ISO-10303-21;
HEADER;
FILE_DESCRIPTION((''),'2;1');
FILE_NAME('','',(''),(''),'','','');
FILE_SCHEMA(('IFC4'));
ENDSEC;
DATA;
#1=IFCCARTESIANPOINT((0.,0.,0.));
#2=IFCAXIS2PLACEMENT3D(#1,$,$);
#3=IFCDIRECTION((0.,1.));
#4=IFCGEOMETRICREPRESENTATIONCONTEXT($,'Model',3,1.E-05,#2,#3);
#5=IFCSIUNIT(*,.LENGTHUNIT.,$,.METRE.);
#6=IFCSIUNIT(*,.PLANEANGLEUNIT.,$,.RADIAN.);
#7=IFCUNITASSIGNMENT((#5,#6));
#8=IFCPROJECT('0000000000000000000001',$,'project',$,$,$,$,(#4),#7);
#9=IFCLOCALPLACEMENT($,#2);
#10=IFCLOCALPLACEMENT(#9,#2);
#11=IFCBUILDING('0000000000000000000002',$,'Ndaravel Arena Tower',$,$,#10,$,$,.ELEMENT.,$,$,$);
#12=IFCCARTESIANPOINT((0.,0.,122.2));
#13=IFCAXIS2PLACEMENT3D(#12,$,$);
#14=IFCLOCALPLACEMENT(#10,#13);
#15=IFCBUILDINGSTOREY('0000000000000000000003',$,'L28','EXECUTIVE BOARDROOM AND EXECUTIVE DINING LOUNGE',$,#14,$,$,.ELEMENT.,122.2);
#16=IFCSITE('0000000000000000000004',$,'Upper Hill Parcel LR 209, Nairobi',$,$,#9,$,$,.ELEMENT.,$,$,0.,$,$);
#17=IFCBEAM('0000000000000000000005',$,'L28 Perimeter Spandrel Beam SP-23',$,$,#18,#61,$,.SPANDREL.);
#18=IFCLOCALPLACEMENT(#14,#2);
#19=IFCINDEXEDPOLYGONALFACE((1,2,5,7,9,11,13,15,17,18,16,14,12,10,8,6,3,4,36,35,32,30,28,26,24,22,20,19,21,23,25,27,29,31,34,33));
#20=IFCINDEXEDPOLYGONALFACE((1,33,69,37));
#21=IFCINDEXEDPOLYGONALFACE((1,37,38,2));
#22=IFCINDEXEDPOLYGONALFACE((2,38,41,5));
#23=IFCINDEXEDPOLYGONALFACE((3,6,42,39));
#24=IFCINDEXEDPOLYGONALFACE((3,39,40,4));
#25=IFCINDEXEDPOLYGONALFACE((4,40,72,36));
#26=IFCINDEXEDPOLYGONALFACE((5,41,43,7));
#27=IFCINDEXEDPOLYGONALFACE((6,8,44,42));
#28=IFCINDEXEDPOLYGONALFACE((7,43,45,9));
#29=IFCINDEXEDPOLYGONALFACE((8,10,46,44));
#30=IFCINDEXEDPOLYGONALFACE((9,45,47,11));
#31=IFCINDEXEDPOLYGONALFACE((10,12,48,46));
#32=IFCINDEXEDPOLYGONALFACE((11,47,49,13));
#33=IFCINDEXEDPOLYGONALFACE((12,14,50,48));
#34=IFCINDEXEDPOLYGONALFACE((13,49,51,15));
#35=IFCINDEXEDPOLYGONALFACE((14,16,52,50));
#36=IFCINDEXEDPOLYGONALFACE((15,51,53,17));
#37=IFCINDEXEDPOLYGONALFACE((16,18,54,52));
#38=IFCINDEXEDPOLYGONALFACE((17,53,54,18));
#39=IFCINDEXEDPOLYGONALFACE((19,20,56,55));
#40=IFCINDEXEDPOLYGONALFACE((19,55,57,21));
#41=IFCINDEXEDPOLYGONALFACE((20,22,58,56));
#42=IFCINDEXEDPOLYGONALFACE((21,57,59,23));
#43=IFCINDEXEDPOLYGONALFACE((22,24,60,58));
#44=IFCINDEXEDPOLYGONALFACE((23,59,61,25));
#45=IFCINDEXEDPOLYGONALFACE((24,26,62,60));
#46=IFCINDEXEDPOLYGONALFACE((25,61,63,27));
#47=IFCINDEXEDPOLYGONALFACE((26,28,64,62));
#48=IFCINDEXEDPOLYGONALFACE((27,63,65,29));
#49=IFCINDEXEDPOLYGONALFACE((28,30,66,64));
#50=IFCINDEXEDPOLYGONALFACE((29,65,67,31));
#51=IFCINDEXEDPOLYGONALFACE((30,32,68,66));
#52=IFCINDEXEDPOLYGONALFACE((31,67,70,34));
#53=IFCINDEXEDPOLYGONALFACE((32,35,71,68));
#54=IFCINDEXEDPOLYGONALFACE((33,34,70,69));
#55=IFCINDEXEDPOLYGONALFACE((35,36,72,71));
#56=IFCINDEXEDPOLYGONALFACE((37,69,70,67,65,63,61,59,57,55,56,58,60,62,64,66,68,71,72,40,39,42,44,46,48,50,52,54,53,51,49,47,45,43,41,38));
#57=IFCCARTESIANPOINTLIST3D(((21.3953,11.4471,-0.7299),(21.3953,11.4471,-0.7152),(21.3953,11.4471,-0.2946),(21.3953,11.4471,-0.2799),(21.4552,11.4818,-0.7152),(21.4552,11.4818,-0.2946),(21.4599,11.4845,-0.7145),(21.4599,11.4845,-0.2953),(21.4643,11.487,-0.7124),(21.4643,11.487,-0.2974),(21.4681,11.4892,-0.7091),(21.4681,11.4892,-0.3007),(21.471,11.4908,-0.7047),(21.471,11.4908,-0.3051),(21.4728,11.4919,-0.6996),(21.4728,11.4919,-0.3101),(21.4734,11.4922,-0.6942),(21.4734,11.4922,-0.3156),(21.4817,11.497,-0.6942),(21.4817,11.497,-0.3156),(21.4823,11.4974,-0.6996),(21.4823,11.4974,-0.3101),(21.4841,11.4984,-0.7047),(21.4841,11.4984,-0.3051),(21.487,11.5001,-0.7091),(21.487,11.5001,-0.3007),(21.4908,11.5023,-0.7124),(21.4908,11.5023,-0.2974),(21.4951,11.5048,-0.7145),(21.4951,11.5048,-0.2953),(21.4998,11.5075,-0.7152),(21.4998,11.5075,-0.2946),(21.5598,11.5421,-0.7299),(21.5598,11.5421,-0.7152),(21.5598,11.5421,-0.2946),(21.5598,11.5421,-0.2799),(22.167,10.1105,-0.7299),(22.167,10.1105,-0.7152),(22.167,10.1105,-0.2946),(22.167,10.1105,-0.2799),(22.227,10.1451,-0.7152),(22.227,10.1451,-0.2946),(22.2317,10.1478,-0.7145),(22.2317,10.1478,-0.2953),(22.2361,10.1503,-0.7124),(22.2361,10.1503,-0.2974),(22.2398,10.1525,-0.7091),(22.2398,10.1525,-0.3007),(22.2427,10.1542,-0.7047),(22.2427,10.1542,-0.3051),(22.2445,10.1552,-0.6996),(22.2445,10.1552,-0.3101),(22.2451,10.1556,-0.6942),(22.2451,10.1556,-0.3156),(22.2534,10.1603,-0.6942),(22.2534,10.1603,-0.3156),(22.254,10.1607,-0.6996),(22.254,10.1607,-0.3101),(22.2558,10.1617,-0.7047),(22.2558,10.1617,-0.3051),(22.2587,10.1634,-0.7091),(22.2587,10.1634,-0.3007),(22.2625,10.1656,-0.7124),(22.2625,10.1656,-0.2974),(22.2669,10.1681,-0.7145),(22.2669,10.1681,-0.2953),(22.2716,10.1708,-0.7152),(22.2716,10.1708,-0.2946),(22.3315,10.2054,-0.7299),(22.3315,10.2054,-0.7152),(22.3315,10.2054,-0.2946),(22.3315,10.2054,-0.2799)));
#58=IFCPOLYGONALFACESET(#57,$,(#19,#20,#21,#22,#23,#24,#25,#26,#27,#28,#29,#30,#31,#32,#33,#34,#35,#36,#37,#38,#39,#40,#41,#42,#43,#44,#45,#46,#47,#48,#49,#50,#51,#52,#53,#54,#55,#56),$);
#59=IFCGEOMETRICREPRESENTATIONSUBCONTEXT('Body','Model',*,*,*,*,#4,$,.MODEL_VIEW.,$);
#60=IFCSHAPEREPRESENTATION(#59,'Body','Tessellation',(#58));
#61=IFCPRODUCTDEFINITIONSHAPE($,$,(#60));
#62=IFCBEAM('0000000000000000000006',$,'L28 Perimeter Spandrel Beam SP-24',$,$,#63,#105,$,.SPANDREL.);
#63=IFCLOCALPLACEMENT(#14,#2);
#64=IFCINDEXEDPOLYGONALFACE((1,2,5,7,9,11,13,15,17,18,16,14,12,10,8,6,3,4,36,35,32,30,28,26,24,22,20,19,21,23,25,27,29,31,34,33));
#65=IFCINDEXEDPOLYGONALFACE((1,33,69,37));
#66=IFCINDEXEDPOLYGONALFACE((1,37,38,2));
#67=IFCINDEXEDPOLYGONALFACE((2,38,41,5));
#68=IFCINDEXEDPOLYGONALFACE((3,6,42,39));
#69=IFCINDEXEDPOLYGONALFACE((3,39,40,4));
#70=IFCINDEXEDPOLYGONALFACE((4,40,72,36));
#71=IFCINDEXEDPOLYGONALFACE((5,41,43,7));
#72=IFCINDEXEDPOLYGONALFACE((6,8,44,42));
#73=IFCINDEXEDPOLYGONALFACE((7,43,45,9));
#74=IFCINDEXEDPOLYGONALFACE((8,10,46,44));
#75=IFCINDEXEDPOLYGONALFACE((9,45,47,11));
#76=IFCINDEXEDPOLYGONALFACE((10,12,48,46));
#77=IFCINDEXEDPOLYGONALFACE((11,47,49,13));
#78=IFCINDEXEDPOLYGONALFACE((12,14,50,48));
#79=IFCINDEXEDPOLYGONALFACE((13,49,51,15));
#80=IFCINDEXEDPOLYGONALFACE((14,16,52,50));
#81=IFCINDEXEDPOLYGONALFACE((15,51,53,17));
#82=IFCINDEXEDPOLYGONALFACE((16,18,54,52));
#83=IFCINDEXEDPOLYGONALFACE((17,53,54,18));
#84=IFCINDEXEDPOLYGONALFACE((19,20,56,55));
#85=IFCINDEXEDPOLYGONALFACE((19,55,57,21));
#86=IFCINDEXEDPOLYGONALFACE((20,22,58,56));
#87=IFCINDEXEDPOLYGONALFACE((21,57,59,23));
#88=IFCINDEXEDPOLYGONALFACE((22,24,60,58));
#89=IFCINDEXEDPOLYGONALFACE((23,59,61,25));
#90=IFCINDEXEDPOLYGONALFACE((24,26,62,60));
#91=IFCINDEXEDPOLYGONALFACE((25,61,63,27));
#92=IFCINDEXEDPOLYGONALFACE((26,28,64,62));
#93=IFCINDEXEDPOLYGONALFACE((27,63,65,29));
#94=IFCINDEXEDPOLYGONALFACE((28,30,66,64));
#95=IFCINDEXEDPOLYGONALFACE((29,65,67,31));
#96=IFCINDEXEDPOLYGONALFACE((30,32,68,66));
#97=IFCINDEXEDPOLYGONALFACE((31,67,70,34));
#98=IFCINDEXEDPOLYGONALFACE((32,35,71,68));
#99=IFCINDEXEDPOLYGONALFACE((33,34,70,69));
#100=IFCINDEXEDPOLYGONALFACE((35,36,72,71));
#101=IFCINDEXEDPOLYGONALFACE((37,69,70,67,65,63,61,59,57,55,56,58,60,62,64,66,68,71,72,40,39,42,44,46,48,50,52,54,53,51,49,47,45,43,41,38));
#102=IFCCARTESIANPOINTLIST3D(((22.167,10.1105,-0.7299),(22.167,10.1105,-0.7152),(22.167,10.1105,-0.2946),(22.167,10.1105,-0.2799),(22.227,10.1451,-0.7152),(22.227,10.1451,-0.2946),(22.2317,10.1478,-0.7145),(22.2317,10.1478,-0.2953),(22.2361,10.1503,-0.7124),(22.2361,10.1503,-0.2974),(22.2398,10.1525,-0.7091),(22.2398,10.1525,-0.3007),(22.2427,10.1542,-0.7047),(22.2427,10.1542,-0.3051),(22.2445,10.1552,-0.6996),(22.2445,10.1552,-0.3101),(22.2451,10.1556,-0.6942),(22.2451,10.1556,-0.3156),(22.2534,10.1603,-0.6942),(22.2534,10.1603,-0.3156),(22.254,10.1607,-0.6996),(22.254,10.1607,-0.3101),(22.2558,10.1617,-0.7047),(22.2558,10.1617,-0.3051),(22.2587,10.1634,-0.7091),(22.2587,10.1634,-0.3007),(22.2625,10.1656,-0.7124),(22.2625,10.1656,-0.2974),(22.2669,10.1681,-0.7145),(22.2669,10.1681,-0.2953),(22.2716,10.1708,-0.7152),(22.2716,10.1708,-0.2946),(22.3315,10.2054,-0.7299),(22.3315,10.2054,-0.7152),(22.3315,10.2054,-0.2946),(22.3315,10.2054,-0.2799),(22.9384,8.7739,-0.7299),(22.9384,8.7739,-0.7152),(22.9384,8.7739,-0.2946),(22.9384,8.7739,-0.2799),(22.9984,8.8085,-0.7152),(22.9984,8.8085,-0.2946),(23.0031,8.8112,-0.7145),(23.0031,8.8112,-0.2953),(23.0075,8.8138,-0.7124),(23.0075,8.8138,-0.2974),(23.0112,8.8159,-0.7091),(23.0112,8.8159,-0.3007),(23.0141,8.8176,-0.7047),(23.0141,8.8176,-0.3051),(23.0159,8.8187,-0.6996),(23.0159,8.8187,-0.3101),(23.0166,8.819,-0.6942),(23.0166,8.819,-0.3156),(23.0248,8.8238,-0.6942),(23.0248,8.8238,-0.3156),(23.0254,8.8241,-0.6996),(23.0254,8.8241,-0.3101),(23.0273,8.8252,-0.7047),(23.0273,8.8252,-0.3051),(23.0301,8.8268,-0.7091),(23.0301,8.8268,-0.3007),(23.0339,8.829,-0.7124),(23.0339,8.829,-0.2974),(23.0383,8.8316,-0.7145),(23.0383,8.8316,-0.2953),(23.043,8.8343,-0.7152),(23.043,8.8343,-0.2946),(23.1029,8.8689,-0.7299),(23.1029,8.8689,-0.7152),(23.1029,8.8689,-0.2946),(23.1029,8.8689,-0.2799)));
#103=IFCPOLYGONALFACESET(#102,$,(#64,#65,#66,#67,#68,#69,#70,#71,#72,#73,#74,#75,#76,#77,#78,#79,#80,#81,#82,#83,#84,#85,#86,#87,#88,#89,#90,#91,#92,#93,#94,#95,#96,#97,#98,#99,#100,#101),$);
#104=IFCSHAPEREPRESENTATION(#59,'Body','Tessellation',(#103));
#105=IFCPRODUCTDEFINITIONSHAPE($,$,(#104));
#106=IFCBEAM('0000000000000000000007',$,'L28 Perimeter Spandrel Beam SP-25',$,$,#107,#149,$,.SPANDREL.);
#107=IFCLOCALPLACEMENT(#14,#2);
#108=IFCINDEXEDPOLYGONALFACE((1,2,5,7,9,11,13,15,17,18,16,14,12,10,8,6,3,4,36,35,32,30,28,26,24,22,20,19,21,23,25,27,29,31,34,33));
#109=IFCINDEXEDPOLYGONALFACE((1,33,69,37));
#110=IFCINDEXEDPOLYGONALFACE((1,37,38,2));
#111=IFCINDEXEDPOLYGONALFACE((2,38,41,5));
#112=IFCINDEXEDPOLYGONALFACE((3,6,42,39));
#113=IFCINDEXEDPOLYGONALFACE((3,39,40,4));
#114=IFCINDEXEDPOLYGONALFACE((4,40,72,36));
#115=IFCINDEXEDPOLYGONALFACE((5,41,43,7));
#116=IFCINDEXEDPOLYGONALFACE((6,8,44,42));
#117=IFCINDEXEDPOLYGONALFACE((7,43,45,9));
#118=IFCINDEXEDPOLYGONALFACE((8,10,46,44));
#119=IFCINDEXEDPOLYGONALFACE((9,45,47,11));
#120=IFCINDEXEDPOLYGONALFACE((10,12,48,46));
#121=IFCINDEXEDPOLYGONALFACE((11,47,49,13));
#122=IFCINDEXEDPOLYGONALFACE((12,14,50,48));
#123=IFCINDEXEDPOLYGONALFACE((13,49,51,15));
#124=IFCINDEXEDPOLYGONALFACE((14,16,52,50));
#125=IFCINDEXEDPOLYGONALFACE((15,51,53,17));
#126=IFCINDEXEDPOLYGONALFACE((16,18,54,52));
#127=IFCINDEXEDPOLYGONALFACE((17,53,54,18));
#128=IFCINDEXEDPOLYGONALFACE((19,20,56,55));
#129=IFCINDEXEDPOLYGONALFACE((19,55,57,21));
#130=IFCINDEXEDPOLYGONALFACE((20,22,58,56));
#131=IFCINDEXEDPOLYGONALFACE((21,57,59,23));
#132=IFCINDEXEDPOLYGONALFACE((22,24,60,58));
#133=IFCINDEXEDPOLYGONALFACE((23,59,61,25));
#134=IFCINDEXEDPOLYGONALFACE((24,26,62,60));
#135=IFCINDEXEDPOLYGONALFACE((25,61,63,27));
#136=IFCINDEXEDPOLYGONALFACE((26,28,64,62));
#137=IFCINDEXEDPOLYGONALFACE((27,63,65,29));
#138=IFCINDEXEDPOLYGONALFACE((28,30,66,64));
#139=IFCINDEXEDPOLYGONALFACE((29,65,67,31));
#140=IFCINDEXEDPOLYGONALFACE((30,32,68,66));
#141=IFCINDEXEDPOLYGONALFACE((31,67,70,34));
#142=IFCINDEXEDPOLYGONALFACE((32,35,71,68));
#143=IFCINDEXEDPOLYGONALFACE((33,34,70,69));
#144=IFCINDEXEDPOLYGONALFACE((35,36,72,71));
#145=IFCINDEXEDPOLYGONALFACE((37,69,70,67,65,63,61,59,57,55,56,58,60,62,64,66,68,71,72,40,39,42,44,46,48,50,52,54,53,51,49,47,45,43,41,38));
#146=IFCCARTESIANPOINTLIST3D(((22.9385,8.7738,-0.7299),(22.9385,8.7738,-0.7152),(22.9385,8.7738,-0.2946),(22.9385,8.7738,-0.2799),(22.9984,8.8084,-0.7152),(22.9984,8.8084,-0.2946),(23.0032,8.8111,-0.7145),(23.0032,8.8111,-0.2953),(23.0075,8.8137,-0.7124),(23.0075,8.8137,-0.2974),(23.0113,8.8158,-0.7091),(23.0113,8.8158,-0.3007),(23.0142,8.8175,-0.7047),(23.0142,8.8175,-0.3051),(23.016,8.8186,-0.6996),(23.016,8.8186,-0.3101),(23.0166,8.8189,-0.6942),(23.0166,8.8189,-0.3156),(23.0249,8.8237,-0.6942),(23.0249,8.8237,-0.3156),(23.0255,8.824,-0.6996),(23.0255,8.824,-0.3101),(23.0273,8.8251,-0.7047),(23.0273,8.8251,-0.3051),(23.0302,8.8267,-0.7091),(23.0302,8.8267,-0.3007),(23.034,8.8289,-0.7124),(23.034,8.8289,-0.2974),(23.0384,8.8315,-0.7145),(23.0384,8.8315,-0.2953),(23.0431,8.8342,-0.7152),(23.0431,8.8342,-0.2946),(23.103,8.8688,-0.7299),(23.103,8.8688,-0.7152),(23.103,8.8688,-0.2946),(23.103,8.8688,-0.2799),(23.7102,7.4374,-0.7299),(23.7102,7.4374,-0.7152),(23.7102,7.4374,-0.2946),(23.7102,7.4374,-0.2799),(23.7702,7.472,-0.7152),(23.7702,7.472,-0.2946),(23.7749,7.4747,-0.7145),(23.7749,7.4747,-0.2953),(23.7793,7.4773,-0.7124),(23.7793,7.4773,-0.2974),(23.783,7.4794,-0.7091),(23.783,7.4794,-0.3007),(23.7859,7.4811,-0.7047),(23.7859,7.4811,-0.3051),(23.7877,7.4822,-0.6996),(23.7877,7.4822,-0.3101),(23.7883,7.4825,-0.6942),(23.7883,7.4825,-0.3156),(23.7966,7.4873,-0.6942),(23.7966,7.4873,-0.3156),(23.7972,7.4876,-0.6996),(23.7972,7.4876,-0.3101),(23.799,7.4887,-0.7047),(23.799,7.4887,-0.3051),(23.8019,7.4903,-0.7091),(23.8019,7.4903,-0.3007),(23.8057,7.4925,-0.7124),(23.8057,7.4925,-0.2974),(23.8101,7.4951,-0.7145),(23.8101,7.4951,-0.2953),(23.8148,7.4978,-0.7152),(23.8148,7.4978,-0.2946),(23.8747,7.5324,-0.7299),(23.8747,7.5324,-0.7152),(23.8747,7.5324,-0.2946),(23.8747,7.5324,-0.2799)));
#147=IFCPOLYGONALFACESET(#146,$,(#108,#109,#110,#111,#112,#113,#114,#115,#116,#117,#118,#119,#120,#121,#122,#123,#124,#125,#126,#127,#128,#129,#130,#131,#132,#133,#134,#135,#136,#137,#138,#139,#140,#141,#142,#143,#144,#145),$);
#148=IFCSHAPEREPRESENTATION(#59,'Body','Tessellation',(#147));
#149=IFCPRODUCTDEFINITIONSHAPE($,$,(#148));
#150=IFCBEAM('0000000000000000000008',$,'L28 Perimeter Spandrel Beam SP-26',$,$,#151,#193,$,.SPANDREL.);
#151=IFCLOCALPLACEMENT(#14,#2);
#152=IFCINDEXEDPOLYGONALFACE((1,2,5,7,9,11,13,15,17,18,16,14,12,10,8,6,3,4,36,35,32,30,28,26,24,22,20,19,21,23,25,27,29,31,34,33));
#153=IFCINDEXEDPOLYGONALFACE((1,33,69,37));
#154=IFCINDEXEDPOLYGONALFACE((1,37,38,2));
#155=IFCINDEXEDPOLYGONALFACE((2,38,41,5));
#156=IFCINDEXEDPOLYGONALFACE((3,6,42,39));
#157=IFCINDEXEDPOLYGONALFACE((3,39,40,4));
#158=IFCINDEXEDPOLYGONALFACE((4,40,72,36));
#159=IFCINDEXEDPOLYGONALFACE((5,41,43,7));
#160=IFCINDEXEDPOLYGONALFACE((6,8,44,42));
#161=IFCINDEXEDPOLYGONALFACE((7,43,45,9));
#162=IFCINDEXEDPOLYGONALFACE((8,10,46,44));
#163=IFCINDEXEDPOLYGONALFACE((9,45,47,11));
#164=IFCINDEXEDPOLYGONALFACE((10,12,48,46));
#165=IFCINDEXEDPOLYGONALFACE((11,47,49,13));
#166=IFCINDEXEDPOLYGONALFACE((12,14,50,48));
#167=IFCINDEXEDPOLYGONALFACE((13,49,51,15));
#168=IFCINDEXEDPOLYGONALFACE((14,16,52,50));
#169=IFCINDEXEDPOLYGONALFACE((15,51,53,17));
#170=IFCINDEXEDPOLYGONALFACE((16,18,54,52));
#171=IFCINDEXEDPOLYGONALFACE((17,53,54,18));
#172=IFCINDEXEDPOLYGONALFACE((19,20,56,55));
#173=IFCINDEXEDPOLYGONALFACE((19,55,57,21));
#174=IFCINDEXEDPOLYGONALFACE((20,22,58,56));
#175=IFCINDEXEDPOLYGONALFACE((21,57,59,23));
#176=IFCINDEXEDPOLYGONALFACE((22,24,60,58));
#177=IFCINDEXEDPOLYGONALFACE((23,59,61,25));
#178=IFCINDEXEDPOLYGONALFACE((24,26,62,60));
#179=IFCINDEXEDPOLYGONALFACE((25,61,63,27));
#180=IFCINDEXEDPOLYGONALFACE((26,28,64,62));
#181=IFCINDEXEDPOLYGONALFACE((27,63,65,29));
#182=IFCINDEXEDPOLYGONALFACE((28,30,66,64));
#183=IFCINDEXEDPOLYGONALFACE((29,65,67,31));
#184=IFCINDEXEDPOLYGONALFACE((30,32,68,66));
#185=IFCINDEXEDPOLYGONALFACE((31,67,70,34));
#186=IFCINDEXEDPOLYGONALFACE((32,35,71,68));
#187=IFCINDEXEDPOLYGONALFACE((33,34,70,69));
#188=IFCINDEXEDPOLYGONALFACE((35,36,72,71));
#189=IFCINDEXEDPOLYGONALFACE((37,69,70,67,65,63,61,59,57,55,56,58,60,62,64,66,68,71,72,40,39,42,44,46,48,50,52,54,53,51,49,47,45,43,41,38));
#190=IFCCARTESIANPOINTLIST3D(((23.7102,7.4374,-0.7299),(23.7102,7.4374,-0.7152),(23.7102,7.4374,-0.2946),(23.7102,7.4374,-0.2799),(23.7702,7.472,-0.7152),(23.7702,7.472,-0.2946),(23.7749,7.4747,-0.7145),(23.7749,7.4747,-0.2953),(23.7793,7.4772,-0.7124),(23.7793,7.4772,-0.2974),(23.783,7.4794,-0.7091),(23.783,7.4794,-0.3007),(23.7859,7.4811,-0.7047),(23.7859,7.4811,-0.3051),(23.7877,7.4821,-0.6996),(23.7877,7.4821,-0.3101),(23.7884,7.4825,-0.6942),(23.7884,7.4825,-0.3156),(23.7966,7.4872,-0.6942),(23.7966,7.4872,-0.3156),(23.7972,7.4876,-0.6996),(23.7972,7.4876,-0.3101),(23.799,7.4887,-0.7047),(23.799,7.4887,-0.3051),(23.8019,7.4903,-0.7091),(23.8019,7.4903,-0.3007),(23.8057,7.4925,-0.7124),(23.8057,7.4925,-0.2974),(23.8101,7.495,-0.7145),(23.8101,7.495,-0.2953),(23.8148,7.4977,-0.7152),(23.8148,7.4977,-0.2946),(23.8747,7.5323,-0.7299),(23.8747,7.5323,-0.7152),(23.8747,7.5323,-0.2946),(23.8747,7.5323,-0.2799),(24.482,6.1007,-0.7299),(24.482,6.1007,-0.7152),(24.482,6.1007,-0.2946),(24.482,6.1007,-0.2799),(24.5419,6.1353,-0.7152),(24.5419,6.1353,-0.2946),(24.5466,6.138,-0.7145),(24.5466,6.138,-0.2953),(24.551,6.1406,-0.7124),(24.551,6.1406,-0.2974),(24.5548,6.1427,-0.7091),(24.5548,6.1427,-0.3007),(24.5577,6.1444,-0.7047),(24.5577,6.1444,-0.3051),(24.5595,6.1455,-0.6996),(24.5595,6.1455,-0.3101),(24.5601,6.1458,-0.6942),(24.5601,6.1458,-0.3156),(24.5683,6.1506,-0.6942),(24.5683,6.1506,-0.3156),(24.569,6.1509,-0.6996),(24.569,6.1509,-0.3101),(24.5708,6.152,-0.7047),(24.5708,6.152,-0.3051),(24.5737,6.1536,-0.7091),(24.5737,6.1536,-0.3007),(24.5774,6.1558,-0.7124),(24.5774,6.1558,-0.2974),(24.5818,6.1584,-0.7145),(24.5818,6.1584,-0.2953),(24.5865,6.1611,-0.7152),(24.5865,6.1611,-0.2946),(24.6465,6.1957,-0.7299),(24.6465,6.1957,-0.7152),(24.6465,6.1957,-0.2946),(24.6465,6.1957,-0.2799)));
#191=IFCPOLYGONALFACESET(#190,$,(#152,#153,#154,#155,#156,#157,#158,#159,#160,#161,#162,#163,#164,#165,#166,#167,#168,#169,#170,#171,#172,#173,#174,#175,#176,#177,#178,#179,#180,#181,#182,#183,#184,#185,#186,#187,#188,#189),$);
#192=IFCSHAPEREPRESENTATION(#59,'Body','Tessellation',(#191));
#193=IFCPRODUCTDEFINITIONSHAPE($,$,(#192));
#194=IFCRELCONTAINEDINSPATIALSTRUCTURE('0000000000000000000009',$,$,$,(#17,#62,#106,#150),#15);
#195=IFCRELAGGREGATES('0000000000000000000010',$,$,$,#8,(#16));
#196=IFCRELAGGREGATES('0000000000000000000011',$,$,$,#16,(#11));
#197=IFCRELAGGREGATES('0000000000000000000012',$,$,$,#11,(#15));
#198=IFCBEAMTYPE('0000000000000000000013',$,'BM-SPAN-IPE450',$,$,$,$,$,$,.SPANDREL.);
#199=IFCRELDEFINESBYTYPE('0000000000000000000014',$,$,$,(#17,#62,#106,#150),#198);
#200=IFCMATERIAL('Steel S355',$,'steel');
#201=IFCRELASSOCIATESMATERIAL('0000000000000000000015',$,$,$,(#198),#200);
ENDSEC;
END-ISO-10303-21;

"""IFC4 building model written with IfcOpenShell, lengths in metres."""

from ifc_helpers import new_model, si_unit, direction, frame, origin, origin_2d, place, context, subcontext, project, spatial, i_section, extrude, material, material_profile, profile_set, type_object, element, save


model = new_model("IFC4")

# Units and contexts
model_context = context("Model", 3, precision=1e-05, world=origin(), true_north=direction((0.0, 1.0)))
body_context = subcontext(model_context, "Body", "Model", "MODEL_VIEW")
ifc_project = project(units=[si_unit("LENGTHUNIT", "METRE"), si_unit("PLANEANGLEUNIT", "RADIAN")], contexts=[model_context])

# Site, building, storey
site_placement = place(None, origin())
site = spatial("IfcSite", under=ifc_project, at=site_placement, Name="Upper Hill Parcel LR 209, Nairobi", CompositionType="ELEMENT", RefElevation=0.0)
building_placement = place(site_placement, origin())
building = spatial("IfcBuilding", under=site, at=building_placement, Name="Ndaravel Arena Tower", CompositionType="ELEMENT")
storey_placement = place(building_placement, frame((0.0, 0.0, 122.2)))
storey = spatial("IfcBuildingStorey", under=building, at=storey_placement, Name="L28", Description="EXECUTIVE BOARDROOM AND EXECUTIVE DINING LOUNGE", CompositionType="ELEMENT", Elevation=122.2)

# Beams
ifc_material_1 = material(Name="Steel S355", Category="steel")
ifc_material_profile_1 = material_profile(ifc_material_1, i_section(OverallWidth=0.1899, OverallDepth=0.45, WebThickness=0.0095, FlangeThickness=0.0146, FilletRadius=0.021, at=origin_2d()), Name="IPE 450")
ifc_profile_set_1 = profile_set([ifc_material_profile_1], Name="Steel S355")
beam_type_1 = type_object("IfcBeamType", Name="BM-SPAN-IPE450", PredefinedType="SPANDREL", material=ifc_profile_set_1)
beam_1_placement = place(storey_placement, frame((21.4775, 11.4946, -0.5049), z_axis=(0.500001, -0.866025, 0.0), x_axis=(0.866025, 0.500001, 0.0)))
element("IfcBeam", 1, at=beam_1_placement, inside=storey, type_object=beam_type_1, Name="L28 Perimeter Spandrel Beam SP-23", PredefinedType="SPANDREL", context=body_context, shape_type="SweptSolid", body=[
    extrude(i_section(OverallWidth=0.1899, OverallDepth=0.45, WebThickness=0.0095, FlangeThickness=0.0146, FilletRadius=0.021, at=origin_2d()), origin(), (0.0, 0.0, 1.0), 1.5435),
])
for number, where, z_axis, x_axis, name in (
    (2, (22.2493, 10.158, -0.5049), (0.499882, -0.866093, 0.0), (0.866093, 0.499882, 0.0), "L28 Perimeter Spandrel Beam SP-24"),
    (3, (23.0208, 8.8213, -0.5049), (0.500069, -0.865985, 0.0), (0.865985, 0.500069, 0.0), "L28 Perimeter Spandrel Beam SP-25"),
):
    element("IfcBeam", number, at=place(storey_placement, frame(where, z_axis=z_axis, x_axis=x_axis)), inside=storey, type_object=beam_type_1, Name=name, PredefinedType="SPANDREL", context=body_context, shape_type="SweptSolid", body=[
        extrude(i_section(OverallWidth=0.1899, OverallDepth=0.45, WebThickness=0.0095, FlangeThickness=0.0146, FilletRadius=0.021, at=origin_2d()), origin(), (0.0, 0.0, 1.0), 1.5432),
    ])
beam_2_placement = place(storey_placement, frame((23.7925, 7.4849, -0.5049), z_axis=(0.500001, -0.866025, 0.0), x_axis=(0.866025, 0.500001, 0.0)))
element("IfcBeam", 4, at=beam_2_placement, inside=storey, type_object=beam_type_1, Name="L28 Perimeter Spandrel Beam SP-26", PredefinedType="SPANDREL", context=body_context, shape_type="SweptSolid", body=[
    extrude(i_section(OverallWidth=0.1899, OverallDepth=0.45, WebThickness=0.0095, FlangeThickness=0.0146, FilletRadius=0.021, at=origin_2d()), origin(), (0.0, 0.0, 1.0), 1.5435),
])

save(model, "model.ifc")
